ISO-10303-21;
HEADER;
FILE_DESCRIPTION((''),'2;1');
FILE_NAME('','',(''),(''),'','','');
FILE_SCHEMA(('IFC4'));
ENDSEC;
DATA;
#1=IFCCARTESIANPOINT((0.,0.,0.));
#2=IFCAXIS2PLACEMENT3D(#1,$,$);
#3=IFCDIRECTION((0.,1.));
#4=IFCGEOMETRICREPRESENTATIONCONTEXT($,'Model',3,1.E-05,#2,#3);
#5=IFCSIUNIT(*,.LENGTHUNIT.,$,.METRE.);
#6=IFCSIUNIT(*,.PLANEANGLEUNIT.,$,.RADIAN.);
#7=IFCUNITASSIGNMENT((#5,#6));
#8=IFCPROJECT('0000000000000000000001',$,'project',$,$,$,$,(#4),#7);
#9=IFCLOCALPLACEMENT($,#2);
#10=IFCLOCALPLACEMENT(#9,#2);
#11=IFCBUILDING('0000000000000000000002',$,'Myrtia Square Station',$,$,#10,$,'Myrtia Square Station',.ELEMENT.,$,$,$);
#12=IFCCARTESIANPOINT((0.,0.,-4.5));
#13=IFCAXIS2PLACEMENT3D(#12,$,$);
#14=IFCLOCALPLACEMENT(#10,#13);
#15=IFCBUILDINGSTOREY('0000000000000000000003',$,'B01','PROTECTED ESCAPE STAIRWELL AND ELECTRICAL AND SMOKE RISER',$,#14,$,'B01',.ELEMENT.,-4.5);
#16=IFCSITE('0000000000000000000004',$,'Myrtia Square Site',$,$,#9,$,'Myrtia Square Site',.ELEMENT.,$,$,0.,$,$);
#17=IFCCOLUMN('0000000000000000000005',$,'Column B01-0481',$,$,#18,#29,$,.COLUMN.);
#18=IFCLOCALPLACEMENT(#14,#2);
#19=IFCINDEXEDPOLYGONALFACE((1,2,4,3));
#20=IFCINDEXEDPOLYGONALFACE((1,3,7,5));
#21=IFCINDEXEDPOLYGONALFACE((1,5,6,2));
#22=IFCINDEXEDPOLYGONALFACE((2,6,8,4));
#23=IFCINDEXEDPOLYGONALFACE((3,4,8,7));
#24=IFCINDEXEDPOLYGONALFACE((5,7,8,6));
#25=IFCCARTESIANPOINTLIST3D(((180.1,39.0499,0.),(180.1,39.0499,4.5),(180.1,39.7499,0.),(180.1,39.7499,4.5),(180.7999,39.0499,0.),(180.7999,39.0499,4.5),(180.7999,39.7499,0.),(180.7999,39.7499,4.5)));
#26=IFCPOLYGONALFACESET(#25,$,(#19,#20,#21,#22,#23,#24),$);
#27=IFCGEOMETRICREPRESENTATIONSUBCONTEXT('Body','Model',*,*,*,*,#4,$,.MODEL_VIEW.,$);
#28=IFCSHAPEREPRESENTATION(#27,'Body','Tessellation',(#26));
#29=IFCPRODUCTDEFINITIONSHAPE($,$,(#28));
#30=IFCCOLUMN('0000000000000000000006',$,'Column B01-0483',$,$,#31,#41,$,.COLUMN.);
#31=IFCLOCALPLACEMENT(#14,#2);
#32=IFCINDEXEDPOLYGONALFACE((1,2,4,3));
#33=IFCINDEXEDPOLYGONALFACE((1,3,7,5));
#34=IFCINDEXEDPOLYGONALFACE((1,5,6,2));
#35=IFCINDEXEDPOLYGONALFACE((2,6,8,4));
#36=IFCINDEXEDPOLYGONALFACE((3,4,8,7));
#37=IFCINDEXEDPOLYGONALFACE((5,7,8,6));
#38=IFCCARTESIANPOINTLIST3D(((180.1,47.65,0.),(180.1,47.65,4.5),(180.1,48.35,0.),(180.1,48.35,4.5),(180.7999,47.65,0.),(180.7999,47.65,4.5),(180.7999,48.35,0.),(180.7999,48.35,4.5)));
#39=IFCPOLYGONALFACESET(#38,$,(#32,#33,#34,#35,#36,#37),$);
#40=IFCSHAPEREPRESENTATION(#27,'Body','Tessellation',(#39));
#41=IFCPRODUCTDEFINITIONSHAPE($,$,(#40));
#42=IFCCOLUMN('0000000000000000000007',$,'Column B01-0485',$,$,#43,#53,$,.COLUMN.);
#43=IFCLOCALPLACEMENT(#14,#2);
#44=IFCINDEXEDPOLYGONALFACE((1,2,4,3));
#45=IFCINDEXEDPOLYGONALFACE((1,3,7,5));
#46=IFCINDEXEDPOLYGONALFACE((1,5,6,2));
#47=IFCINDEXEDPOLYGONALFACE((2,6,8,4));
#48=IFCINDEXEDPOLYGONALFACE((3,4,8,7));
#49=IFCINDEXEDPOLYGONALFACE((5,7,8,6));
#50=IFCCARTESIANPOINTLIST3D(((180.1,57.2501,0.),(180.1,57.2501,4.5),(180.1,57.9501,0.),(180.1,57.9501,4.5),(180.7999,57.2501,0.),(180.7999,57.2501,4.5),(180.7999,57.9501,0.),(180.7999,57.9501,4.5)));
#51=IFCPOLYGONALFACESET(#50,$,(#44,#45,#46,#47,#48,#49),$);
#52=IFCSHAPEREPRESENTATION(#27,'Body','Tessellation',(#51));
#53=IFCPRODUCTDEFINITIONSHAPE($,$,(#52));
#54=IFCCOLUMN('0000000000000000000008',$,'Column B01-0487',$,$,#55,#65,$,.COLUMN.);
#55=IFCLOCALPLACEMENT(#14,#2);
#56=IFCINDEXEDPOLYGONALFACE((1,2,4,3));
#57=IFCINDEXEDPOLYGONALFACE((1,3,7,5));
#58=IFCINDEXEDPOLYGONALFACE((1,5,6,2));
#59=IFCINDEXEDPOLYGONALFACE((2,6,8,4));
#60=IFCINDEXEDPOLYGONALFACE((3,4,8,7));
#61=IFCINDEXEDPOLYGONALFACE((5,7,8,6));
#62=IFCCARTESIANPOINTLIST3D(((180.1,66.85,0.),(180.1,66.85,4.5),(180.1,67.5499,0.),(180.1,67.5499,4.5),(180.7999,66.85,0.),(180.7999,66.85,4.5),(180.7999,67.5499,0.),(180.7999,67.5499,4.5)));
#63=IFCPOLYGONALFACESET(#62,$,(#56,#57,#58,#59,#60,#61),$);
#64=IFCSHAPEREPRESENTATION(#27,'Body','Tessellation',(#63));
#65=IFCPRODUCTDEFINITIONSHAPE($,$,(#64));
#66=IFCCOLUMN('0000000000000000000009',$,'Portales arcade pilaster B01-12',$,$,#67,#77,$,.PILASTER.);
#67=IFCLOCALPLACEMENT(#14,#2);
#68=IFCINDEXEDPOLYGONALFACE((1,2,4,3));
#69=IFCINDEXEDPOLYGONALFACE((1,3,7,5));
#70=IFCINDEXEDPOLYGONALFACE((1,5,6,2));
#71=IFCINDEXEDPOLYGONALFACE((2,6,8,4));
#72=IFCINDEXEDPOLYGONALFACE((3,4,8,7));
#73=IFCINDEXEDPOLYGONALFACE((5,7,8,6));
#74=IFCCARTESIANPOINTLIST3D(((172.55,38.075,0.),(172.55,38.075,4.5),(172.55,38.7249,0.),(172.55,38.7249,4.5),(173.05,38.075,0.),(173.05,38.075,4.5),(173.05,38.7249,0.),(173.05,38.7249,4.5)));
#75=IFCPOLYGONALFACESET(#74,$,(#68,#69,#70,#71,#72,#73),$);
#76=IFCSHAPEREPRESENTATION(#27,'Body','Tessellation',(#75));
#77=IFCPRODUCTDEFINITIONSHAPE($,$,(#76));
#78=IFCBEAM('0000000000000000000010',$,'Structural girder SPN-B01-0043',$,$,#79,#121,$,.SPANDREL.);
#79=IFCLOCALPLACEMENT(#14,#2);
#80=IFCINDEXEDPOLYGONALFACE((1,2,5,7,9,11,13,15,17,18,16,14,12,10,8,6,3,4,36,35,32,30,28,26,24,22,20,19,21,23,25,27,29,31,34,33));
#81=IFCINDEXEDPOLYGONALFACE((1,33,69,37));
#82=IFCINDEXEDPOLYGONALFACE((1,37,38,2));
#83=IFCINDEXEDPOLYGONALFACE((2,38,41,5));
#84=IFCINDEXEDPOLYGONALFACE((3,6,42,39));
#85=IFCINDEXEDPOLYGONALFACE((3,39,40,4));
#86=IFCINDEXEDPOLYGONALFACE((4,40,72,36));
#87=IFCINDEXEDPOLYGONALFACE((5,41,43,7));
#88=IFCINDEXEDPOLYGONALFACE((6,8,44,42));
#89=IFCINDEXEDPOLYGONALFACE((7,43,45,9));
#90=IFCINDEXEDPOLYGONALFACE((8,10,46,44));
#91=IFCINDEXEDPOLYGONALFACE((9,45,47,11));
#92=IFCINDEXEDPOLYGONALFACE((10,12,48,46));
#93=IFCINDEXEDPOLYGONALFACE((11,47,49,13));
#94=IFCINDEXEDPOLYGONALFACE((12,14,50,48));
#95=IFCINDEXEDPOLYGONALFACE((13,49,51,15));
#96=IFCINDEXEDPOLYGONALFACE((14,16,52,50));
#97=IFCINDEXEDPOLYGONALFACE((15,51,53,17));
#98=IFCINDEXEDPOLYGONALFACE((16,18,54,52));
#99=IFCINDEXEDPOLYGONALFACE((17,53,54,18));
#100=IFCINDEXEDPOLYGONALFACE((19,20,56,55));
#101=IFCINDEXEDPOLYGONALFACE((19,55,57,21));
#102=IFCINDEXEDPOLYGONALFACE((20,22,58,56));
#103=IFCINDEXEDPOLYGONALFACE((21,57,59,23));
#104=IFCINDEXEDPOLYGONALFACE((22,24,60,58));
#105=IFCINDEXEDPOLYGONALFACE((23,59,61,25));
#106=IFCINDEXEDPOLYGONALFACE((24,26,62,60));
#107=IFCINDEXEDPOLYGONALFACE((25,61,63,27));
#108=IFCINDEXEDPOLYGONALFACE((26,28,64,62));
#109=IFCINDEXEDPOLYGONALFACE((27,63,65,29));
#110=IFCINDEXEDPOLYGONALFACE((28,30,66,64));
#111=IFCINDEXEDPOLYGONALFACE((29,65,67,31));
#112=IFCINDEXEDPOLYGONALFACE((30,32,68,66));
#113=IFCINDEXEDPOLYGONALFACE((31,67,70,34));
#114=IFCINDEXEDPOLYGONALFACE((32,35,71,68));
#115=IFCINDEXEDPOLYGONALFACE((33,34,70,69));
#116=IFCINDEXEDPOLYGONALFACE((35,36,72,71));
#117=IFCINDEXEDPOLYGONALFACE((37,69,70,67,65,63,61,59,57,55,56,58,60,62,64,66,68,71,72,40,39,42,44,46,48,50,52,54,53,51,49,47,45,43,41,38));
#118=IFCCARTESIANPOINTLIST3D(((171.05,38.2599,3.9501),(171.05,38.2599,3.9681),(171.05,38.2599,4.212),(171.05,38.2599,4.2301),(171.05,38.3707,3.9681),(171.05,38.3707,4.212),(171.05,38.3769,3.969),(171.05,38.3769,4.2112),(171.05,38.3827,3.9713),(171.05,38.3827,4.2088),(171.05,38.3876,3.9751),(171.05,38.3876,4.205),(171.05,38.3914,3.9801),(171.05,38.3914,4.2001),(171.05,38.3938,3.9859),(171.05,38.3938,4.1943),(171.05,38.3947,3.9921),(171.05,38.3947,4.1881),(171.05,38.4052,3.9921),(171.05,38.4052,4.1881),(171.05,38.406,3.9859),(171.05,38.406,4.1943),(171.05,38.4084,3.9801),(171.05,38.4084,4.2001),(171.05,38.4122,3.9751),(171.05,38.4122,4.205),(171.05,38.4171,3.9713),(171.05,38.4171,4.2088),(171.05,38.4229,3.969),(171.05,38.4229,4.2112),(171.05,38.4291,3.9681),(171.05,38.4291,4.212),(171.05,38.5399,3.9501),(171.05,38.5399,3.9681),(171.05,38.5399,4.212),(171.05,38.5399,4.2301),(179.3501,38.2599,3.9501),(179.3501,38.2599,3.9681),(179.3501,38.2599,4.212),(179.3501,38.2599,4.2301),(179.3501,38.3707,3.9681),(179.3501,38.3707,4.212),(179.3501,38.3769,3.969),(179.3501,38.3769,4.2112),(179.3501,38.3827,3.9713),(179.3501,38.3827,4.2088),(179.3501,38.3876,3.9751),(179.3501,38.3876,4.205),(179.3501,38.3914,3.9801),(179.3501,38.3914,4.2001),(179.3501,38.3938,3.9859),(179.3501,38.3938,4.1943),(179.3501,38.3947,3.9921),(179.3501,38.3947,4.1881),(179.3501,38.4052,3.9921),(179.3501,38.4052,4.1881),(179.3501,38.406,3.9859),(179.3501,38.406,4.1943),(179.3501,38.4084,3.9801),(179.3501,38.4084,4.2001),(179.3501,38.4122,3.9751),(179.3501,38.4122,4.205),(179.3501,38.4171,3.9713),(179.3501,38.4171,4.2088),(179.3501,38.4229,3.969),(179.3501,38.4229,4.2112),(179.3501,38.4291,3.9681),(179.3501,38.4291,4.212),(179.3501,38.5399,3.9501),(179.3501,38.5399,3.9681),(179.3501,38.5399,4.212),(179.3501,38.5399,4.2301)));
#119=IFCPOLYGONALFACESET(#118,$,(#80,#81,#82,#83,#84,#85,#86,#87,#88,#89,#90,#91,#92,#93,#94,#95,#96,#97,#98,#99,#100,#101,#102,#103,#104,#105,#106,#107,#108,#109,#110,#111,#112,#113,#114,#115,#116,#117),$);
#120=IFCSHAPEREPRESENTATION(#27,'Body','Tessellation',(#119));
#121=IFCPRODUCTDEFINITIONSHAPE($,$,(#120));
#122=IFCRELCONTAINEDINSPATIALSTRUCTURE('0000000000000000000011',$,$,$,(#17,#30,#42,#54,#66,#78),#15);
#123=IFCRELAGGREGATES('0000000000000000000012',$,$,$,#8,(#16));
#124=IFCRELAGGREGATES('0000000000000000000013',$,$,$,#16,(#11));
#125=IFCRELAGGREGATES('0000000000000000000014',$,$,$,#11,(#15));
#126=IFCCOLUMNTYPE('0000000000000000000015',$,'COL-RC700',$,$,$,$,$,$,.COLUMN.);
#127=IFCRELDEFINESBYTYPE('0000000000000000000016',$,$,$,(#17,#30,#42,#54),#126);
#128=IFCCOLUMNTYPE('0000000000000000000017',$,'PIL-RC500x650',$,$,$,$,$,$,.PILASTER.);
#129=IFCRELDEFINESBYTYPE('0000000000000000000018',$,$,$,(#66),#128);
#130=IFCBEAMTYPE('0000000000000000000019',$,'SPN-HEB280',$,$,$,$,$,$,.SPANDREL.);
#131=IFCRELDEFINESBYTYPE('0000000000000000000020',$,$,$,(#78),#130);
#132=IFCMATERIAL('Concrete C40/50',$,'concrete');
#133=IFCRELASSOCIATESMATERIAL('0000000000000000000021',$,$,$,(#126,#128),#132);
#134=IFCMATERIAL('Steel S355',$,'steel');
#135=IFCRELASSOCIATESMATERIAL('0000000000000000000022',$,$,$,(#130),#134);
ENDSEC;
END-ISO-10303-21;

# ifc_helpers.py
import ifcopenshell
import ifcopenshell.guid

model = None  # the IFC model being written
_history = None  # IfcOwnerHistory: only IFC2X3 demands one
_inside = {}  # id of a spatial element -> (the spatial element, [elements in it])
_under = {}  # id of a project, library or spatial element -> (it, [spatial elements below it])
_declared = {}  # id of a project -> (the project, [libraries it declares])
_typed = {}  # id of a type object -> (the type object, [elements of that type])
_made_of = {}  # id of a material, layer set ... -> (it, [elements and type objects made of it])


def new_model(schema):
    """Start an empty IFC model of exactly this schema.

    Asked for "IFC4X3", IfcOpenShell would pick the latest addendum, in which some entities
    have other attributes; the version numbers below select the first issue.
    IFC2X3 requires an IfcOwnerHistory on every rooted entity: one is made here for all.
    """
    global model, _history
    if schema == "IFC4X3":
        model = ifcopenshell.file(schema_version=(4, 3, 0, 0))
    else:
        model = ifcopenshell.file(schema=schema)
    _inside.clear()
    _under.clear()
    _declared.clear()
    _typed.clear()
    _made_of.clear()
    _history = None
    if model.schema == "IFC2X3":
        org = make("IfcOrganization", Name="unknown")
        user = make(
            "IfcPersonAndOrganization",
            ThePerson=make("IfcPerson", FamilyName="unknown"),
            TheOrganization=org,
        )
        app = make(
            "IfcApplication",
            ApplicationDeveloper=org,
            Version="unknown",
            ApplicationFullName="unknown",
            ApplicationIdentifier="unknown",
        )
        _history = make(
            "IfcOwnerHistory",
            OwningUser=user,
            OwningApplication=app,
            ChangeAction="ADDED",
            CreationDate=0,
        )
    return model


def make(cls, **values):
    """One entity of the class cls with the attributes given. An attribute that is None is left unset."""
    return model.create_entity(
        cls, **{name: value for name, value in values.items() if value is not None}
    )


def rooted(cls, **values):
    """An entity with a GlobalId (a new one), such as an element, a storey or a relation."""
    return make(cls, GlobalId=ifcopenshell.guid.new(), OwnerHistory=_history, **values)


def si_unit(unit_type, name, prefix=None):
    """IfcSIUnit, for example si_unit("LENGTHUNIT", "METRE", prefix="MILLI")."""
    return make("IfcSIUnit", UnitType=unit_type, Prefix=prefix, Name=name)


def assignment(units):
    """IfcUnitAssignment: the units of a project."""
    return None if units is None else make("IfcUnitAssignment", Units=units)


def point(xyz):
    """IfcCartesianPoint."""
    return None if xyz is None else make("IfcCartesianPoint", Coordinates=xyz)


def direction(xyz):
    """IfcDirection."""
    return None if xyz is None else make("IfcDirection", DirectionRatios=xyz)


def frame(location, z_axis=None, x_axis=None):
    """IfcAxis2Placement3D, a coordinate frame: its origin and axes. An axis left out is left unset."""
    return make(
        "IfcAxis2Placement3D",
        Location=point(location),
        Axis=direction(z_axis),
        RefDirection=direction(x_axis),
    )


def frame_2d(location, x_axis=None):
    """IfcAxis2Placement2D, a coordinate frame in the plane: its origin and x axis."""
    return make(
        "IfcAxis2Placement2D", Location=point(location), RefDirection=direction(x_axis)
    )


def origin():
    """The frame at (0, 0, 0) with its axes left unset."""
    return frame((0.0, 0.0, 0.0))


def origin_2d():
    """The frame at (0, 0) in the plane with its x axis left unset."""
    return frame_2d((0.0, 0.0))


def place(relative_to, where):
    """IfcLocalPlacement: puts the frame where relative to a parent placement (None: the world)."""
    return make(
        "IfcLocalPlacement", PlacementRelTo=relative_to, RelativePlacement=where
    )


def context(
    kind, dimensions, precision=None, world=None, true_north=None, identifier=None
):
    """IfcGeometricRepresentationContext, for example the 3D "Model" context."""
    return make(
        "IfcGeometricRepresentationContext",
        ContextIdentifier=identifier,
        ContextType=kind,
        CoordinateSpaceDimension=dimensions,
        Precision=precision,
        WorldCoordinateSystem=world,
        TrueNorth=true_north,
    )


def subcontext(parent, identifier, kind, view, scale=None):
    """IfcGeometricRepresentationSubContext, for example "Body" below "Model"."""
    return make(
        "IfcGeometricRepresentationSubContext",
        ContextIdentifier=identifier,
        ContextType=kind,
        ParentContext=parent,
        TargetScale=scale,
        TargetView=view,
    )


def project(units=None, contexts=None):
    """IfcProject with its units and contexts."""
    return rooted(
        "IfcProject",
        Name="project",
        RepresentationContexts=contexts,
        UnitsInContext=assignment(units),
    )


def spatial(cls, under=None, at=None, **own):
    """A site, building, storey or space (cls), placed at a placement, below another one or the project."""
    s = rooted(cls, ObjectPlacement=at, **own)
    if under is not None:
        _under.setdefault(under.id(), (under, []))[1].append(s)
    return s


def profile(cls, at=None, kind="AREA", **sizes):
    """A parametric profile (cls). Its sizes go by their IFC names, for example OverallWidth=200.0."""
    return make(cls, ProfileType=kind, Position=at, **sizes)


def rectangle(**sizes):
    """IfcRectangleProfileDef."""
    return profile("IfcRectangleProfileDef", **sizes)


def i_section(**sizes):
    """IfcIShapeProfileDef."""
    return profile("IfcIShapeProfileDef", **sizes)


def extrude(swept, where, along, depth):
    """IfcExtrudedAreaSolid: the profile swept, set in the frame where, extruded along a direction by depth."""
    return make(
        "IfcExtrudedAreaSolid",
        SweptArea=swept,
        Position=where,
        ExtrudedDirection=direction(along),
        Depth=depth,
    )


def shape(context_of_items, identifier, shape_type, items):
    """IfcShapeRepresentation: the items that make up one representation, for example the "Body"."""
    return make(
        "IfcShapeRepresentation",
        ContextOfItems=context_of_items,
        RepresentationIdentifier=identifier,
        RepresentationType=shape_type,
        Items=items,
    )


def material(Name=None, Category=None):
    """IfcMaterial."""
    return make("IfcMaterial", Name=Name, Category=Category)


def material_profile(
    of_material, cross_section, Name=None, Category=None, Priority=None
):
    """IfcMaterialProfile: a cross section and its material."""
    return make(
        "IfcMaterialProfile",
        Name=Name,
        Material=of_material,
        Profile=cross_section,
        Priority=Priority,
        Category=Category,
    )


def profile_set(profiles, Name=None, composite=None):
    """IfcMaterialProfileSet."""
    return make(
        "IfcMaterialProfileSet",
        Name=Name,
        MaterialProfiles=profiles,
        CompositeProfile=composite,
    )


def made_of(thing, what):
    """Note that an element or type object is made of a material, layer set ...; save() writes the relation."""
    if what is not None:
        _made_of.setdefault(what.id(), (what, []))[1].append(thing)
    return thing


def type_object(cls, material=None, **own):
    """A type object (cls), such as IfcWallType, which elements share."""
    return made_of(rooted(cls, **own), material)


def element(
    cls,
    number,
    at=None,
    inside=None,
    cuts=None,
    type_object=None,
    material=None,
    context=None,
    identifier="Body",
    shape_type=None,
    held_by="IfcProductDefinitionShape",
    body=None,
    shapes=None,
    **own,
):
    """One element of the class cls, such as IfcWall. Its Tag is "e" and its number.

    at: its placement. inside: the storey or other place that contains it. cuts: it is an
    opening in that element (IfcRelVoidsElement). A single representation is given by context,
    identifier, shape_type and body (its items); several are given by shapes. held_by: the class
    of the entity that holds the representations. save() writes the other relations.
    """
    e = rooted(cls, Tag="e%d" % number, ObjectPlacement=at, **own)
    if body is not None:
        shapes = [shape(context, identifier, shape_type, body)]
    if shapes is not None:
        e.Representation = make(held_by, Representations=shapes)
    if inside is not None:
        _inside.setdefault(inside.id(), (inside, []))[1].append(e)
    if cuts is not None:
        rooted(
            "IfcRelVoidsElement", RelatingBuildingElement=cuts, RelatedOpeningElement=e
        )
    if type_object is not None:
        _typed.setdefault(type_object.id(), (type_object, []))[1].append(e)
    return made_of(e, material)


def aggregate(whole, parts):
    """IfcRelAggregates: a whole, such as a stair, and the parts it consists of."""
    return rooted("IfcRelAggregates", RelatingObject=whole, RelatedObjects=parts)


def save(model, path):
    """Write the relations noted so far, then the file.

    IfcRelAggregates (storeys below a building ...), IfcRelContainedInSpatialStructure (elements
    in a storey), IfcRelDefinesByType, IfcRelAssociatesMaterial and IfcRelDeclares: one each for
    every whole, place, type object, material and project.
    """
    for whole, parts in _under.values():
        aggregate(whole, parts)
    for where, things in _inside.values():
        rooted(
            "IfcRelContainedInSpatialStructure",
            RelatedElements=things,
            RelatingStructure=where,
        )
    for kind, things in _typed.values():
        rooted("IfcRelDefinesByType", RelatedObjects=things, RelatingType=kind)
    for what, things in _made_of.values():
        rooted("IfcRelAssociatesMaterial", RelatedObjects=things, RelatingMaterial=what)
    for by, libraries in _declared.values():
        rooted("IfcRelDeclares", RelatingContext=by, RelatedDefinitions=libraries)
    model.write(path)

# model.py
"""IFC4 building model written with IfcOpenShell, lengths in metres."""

from ifc_helpers import new_model, si_unit, direction, frame, origin, origin_2d, place, context, subcontext, project, spatial, rectangle, i_section, extrude, material, material_profile, profile_set, type_object, element, save


model = new_model("IFC4")

# Units and contexts
model_context = context("Model", 3, precision=1e-05, world=origin(), true_north=direction((0.0, 1.0)))
body_context = subcontext(model_context, "Body", "Model", "MODEL_VIEW")
ifc_project = project(units=[si_unit("LENGTHUNIT", "METRE"), si_unit("PLANEANGLEUNIT", "RADIAN")], contexts=[model_context])

# Site, building, storey
site_placement = place(None, origin())
site = spatial("IfcSite", under=ifc_project, at=site_placement, Name="Myrtia Square Site", LongName="Myrtia Square Site", CompositionType="ELEMENT", RefElevation=0.0)
building_placement = place(site_placement, origin())
building = spatial("IfcBuilding", under=site, at=building_placement, Name="Myrtia Square Station", LongName="Myrtia Square Station", CompositionType="ELEMENT")
storey_placement = place(building_placement, frame((0.0, 0.0, -4.5)))
storey = spatial("IfcBuildingStorey", under=building, at=storey_placement, Name="B01", Description="PROTECTED ESCAPE STAIRWELL AND ELECTRICAL AND SMOKE RISER", LongName="B01", CompositionType="ELEMENT", Elevation=-4.5)

# Columns
ifc_material_1 = material(Name="Steel S355", Category="steel")
ifc_material_2 = material(Name="Concrete C40/50", Category="concrete")
ifc_material_profile_1 = material_profile(ifc_material_2, rectangle(XDim=0.7, YDim=0.7, at=origin_2d()), Name="RC 700x700")
ifc_profile_set_1 = profile_set([ifc_material_profile_1], Name="Concrete C40/50")
column_type_1 = type_object("IfcColumnType", Name="COL-RC700", PredefinedType="COLUMN", material=ifc_profile_set_1)
for number, where, z_axis, x_axis, name in (
    (1, (180.45, 39.3999, 0.0), (0.0, 0.0, 1.0), (1.0, 0.0, 0.0), "Column B01-0481"),
    (2, (180.45, 48.0, 0.0), (0.0, 0.0, 1.0), (1.0, 0.0, 0.0), "Column B01-0483"),
    (3, (180.45, 57.6001, 0.0), (0.0, 0.0, 1.0), (1.0, 0.0, 0.0), "Column B01-0485"),
    (4, (180.45, 67.2, 0.0), (0.0, 0.0, 1.0), (1.0, 0.0, 0.0), "Column B01-0487"),
):
    element("IfcColumn", number, at=place(storey_placement, frame(where, z_axis=z_axis, x_axis=x_axis)), inside=storey, type_object=column_type_1, Name=name, PredefinedType="COLUMN", context=body_context, shape_type="SweptSolid", body=[
        extrude(rectangle(XDim=0.7, YDim=0.7, at=origin_2d()), origin(), (0.0, 0.0, 1.0), 4.5),
    ])
ifc_material_profile_2 = material_profile(ifc_material_2, rectangle(XDim=0.5, YDim=0.6499, at=origin_2d()), Name="PIL 500x650")
ifc_profile_set_2 = profile_set([ifc_material_profile_2], Name="Concrete C40/50")
column_type_2 = type_object("IfcColumnType", Name="PIL-RC500x650", PredefinedType="PILASTER", material=ifc_profile_set_2)
column_1_placement = place(storey_placement, frame((172.8, 38.3999, 0.0), z_axis=(0.0, 0.0, 1.0), x_axis=(1.0, 0.0, 0.0)))
element("IfcColumn", 5, at=column_1_placement, inside=storey, type_object=column_type_2, Name="Portales arcade pilaster B01-12", PredefinedType="PILASTER", context=body_context, shape_type="SweptSolid", body=[
    extrude(rectangle(XDim=0.5, YDim=0.6499, at=origin_2d()), origin(), (0.0, 0.0, 1.0), 4.5),
])

# Beam
ifc_material_profile_3 = material_profile(ifc_material_1, i_section(OverallWidth=0.28, OverallDepth=0.28, WebThickness=0.0105, FlangeThickness=0.0181, FilletRadius=0.0239, at=origin_2d()), Name="HEB 280")
ifc_profile_set_3 = profile_set([ifc_material_profile_3], Name="Steel S355")
beam_type = type_object("IfcBeamType", Name="SPN-HEB280", PredefinedType="SPANDREL", material=ifc_profile_set_3)
beam_placement = place(storey_placement, frame((171.05, 38.3999, 4.0901), z_axis=(1.0, 0.0, 0.0), x_axis=(0.0, 1.0, 0.0)))
element("IfcBeam", 6, at=beam_placement, inside=storey, type_object=beam_type, Name="Structural girder SPN-B01-0043", PredefinedType="SPANDREL", context=body_context, shape_type="SweptSolid", body=[
    extrude(i_section(OverallWidth=0.28, OverallDepth=0.28, WebThickness=0.0105, FlangeThickness=0.0181, FilletRadius=0.0239, at=origin_2d()), origin(), (0.0, 0.0, 1.0), 8.3),
])

save(model, "model.ifc")
